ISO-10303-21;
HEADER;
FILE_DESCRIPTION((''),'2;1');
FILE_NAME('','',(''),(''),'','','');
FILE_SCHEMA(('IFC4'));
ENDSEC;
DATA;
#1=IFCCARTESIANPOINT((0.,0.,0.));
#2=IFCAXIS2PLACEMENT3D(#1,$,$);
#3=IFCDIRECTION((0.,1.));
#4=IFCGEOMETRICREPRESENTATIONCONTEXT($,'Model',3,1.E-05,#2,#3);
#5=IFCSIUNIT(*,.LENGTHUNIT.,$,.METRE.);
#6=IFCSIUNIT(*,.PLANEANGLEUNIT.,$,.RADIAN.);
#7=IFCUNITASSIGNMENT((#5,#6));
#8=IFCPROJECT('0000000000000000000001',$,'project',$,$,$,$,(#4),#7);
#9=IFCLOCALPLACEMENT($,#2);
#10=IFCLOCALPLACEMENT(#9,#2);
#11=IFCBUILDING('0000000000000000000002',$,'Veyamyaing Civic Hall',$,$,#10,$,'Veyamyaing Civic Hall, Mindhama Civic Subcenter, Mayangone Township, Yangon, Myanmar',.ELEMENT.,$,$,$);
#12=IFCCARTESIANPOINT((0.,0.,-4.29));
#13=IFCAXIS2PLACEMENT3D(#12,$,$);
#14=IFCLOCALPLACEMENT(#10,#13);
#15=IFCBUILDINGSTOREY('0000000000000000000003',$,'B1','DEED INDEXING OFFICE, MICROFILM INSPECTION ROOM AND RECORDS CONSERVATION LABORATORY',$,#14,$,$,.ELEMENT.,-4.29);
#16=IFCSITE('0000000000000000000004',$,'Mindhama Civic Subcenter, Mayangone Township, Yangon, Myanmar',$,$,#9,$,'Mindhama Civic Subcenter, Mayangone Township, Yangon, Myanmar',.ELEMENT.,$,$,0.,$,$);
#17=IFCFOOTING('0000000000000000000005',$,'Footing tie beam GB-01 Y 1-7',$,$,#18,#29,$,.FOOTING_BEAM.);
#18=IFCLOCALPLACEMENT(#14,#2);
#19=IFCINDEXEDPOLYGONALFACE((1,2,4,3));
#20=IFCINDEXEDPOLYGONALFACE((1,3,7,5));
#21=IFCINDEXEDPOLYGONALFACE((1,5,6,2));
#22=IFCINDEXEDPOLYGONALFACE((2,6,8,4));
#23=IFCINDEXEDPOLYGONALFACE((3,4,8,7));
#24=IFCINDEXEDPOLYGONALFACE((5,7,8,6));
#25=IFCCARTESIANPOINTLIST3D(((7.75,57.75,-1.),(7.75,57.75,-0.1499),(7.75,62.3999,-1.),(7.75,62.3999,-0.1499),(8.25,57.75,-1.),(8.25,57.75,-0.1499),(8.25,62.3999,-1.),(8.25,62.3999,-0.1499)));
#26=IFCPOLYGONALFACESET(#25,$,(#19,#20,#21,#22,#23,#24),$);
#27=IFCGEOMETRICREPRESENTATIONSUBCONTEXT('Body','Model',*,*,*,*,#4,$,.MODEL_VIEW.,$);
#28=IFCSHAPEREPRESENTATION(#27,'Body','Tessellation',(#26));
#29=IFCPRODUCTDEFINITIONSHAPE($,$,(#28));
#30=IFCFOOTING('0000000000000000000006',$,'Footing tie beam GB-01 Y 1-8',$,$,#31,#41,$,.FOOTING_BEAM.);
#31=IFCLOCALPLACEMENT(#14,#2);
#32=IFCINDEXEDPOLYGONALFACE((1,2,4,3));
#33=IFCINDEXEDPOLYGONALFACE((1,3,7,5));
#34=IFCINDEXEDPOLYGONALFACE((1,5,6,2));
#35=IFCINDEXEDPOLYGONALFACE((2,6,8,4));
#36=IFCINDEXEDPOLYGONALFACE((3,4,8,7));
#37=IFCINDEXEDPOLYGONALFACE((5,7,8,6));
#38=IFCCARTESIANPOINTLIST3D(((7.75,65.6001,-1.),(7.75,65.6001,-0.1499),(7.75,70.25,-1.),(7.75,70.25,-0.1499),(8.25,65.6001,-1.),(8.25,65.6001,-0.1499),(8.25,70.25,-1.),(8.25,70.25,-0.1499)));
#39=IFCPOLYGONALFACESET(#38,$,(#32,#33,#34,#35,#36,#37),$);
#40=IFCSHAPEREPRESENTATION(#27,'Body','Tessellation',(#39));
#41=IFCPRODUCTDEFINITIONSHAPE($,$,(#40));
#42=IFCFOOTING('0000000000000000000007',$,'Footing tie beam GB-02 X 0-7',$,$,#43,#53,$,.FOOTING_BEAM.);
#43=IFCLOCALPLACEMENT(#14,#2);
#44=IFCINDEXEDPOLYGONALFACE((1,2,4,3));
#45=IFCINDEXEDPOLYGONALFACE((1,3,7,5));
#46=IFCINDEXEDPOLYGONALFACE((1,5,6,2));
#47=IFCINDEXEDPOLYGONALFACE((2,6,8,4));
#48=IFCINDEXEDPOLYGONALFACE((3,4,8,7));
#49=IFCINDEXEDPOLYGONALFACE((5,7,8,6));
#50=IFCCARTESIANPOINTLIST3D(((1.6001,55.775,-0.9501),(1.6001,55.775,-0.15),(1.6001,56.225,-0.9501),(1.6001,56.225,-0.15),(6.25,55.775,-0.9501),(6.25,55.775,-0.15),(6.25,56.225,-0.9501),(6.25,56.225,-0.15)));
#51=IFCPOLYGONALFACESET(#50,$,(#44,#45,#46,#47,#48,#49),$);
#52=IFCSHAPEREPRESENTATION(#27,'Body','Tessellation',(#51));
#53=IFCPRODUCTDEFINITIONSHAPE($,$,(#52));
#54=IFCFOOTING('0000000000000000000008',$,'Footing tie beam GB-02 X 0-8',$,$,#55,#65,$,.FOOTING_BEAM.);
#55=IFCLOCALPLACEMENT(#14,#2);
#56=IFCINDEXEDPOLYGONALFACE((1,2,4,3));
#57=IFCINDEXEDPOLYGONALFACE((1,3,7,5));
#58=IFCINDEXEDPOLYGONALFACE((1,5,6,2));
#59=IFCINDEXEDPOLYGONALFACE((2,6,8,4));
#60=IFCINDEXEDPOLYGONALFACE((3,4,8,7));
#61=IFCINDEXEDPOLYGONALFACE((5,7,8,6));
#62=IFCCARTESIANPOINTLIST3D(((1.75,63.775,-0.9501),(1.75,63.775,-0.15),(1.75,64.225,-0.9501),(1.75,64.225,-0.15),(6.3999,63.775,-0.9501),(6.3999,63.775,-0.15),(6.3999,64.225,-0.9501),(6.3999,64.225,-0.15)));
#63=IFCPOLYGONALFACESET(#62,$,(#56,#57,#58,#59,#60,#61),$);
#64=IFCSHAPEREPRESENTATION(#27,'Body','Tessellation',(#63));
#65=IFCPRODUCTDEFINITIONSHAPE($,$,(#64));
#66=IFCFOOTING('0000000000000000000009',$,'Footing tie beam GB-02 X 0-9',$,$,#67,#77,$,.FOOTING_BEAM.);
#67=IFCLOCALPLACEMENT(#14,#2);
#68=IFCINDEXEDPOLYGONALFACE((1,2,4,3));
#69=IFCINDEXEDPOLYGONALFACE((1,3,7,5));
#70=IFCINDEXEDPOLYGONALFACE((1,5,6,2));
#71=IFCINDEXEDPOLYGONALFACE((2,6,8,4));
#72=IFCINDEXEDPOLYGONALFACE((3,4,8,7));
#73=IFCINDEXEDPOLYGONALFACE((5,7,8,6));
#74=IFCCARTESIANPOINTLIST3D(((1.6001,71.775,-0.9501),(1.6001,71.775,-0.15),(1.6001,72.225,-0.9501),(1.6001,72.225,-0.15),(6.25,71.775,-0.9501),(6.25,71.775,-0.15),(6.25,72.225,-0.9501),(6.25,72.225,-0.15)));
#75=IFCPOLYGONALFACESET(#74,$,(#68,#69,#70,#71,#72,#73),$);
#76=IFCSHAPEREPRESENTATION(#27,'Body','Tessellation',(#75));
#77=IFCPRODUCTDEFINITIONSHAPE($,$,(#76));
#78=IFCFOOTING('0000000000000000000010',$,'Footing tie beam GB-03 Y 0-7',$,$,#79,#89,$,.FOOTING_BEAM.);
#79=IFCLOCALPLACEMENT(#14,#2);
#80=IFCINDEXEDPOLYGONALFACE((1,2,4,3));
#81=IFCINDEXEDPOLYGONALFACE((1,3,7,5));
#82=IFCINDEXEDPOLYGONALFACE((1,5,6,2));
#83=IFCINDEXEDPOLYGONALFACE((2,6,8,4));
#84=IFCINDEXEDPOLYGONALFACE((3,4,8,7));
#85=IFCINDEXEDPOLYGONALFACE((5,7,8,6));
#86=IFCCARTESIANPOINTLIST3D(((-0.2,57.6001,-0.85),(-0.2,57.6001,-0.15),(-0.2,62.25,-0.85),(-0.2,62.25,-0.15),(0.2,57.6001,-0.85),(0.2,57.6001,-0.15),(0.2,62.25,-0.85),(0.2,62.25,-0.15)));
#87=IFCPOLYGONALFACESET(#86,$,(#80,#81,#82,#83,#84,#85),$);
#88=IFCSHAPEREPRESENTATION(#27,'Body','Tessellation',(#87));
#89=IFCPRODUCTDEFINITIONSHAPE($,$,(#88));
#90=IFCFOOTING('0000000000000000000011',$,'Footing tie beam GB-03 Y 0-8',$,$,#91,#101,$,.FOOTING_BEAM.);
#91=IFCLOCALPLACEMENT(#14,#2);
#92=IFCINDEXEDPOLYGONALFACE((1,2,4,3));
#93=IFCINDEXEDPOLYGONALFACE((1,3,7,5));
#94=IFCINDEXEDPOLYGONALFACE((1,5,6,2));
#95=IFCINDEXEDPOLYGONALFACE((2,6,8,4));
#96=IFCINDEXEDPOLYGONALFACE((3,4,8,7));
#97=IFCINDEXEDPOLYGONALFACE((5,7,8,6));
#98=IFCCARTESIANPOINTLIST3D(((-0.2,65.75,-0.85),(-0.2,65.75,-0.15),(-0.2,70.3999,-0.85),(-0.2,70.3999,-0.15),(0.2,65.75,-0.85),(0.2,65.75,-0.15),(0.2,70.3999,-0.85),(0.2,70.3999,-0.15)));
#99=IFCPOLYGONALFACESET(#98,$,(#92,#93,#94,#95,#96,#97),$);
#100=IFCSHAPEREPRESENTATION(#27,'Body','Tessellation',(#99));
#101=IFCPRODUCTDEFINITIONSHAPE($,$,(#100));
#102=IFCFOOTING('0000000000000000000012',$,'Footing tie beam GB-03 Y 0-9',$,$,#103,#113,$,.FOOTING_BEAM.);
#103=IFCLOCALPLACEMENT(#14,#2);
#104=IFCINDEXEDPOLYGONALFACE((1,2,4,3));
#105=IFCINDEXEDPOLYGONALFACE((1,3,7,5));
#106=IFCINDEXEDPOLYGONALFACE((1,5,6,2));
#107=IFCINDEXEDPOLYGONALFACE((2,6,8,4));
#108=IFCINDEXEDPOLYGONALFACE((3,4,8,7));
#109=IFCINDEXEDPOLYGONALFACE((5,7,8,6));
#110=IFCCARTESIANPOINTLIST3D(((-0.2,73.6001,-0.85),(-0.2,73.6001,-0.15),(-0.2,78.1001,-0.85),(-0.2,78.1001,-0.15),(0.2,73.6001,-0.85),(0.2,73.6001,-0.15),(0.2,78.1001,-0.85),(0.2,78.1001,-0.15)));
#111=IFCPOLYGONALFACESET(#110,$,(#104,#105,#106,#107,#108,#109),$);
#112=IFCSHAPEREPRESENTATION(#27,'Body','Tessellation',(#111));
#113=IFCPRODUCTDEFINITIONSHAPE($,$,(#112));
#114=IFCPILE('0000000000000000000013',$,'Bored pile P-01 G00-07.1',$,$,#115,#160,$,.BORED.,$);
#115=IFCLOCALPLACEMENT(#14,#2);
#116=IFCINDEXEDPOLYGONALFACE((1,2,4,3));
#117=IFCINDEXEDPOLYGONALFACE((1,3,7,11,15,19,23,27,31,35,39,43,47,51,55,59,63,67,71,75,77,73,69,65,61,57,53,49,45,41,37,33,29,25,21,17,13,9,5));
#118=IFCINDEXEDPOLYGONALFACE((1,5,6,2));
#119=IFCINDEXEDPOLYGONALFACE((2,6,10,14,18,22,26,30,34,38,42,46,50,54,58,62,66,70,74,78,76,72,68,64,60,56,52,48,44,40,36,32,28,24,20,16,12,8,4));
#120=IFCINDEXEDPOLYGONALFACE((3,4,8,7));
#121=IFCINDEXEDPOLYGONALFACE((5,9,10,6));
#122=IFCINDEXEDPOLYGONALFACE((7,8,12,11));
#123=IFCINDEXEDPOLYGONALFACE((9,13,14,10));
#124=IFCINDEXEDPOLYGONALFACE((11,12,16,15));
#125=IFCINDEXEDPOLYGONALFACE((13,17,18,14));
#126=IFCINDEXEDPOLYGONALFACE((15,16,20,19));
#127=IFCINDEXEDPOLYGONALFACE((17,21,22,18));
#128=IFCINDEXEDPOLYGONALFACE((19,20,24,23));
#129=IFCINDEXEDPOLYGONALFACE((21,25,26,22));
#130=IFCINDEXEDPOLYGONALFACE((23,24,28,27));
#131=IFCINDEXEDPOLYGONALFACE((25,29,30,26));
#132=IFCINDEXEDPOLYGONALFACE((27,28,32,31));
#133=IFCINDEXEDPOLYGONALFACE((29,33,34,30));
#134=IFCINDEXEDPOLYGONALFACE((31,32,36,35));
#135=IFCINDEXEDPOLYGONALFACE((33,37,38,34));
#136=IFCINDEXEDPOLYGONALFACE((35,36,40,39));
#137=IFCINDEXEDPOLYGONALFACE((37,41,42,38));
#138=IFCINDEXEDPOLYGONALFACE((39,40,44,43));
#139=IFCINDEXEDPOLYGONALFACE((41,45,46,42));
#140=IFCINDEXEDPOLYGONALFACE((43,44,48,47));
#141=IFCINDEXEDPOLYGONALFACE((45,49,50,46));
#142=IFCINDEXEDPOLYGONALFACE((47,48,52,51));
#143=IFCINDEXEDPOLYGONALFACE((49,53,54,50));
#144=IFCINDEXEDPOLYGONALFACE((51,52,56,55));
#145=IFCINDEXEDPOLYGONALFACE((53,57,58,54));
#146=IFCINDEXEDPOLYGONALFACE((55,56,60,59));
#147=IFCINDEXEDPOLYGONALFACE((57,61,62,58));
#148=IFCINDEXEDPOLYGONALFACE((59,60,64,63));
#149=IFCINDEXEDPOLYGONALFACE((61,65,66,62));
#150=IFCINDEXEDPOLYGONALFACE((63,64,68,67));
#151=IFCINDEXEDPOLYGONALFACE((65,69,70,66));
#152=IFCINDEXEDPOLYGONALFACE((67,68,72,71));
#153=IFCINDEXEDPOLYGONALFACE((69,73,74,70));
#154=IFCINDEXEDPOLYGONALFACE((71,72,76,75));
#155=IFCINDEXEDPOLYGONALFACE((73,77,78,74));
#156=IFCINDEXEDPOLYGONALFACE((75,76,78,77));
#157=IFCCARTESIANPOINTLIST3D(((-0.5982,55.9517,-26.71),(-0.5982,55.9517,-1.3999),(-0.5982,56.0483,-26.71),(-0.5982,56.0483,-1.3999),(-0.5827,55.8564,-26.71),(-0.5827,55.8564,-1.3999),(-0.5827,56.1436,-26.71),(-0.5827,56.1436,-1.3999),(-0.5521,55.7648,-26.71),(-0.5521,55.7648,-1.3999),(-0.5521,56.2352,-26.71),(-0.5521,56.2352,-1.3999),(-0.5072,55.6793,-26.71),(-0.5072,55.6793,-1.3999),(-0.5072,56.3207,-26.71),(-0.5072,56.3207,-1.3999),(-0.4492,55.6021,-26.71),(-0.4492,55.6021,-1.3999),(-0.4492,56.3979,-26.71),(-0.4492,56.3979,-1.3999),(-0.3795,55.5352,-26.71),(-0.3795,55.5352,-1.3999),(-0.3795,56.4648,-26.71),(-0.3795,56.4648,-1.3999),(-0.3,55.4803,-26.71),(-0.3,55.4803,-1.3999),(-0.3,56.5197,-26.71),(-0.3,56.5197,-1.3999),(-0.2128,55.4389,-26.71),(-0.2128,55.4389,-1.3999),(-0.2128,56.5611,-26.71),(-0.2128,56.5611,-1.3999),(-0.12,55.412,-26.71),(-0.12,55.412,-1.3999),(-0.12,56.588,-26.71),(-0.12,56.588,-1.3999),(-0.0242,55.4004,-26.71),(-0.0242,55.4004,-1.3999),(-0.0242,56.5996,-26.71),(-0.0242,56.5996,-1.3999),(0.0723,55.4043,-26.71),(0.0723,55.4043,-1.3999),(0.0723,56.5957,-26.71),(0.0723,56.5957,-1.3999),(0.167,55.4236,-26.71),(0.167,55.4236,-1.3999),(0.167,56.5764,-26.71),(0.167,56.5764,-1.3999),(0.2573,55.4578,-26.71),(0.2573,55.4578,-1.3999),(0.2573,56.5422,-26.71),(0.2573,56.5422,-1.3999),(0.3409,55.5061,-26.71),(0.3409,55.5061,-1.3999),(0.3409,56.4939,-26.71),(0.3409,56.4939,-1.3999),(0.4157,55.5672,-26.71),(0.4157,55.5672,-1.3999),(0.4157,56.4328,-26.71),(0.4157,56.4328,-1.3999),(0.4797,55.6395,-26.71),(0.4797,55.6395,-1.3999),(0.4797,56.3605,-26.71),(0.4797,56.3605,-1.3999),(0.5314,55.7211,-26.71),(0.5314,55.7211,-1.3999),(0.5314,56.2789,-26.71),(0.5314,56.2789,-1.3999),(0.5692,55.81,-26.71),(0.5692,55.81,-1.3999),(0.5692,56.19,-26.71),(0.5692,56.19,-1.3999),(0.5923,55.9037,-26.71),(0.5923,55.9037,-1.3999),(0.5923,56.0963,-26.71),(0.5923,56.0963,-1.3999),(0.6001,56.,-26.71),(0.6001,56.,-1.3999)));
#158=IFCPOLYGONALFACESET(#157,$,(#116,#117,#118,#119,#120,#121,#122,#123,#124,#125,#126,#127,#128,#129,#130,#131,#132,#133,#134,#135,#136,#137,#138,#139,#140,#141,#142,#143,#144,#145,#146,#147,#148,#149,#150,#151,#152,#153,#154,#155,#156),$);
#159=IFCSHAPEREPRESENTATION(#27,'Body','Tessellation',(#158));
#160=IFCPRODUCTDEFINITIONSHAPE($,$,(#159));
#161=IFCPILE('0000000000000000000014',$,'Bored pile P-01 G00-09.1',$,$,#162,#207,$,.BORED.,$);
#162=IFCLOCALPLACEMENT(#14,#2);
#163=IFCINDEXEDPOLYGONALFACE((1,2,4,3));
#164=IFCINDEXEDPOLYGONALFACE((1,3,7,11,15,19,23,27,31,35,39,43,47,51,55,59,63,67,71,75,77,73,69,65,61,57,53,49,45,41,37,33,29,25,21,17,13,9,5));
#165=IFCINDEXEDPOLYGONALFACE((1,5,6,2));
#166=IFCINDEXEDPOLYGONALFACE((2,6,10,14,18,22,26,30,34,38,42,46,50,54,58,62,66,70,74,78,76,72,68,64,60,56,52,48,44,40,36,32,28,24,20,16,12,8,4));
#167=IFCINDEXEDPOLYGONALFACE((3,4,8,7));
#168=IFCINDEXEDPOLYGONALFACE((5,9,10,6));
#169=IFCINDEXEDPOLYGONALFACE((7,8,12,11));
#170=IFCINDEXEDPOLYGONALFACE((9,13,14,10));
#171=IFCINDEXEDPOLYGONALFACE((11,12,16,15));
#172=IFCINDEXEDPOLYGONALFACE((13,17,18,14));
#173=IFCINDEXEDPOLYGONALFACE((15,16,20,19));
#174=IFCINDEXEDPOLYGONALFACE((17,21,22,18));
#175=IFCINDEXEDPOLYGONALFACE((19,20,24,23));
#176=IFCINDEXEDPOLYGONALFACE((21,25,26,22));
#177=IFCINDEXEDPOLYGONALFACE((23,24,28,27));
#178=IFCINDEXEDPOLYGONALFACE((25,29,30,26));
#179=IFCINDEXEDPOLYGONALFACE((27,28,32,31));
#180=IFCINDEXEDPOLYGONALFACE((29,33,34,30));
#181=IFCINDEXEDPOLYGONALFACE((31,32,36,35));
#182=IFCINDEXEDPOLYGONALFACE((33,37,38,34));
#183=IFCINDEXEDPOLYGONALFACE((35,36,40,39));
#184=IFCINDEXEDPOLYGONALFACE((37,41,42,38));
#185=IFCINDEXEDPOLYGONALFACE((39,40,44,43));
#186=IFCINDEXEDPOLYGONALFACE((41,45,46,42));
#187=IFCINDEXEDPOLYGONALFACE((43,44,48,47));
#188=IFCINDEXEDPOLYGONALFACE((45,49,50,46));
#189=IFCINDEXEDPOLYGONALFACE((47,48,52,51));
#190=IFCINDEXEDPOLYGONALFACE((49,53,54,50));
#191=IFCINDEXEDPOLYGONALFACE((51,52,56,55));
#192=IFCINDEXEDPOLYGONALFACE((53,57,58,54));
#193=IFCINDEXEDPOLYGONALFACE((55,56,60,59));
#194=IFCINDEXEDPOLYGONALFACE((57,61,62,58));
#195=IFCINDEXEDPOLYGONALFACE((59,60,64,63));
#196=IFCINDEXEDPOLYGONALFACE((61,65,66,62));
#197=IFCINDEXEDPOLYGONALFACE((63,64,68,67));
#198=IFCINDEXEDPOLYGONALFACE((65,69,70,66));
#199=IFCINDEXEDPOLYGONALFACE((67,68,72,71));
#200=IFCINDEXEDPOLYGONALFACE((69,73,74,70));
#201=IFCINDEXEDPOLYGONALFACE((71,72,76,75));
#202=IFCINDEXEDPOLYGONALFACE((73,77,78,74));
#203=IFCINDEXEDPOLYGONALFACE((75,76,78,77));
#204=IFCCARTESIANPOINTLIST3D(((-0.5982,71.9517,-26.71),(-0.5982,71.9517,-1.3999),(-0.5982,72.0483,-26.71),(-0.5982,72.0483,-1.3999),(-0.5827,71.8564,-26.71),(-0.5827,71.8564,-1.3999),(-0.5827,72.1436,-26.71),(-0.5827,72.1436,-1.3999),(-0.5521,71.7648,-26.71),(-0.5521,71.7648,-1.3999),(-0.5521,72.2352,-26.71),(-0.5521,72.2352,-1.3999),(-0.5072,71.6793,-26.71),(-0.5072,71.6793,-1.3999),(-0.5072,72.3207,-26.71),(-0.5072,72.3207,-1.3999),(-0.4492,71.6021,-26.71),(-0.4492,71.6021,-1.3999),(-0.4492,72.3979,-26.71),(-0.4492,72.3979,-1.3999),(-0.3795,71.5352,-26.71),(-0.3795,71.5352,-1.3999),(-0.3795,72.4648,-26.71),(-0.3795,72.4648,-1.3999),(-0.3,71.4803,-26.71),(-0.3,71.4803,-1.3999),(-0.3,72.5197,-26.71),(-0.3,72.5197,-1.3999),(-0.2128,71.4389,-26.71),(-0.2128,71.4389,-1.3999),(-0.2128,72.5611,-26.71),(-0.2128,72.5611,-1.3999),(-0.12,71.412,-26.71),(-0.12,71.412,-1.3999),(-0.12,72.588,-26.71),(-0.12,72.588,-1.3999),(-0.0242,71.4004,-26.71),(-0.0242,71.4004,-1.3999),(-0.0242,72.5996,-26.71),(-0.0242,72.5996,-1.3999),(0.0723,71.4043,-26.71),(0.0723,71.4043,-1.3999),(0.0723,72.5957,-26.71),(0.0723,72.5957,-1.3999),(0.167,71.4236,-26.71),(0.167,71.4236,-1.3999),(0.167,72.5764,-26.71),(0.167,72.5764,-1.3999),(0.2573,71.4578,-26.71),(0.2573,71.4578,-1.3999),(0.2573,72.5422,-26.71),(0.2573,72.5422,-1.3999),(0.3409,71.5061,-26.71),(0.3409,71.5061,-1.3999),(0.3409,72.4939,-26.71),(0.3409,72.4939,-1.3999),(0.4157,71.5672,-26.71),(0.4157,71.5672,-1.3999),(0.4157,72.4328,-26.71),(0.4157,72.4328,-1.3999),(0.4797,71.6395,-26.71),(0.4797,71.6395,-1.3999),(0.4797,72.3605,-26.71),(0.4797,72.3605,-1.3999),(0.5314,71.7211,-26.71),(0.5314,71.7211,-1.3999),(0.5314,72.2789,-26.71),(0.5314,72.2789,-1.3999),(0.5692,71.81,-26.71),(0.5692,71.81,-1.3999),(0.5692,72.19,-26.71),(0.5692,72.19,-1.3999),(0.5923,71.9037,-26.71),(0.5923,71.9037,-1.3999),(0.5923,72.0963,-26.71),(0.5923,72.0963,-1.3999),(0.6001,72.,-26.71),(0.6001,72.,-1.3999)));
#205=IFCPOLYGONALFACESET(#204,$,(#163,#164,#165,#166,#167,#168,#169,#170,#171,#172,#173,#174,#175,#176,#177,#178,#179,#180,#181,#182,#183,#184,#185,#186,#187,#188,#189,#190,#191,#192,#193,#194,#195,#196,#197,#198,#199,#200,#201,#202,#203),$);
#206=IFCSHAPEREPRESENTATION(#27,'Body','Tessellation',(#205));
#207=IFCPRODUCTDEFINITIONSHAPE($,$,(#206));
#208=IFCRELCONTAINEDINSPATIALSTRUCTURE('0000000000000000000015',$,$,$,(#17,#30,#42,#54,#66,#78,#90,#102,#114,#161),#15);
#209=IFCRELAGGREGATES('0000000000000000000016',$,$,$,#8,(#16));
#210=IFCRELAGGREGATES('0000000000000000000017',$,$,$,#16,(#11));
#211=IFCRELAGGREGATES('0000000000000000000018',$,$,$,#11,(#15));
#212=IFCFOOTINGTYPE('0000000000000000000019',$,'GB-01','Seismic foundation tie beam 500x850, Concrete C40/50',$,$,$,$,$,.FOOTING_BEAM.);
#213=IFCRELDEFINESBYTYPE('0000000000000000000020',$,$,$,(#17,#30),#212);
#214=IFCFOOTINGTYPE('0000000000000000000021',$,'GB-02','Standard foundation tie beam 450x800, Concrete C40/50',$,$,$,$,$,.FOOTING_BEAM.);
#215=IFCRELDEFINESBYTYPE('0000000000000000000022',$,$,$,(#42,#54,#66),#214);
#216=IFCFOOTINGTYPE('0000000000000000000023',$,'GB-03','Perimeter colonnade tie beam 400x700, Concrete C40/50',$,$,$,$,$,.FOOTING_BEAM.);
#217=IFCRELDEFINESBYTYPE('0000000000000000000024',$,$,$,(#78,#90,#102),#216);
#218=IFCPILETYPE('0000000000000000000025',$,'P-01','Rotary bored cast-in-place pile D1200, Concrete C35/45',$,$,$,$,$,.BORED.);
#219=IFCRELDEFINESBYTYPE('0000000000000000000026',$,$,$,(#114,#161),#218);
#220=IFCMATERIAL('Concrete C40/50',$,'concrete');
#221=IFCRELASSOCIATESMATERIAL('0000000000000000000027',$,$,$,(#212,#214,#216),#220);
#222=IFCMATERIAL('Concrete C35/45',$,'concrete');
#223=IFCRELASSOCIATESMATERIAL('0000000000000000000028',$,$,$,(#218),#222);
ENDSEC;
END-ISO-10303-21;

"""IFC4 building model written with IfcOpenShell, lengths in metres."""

from ifc_helpers import new_model, si_unit, direction, frame, origin, origin_2d, place, context, subcontext, project, spatial, rectangle, circle, extrude, material, material_profile, profile_set, type_object, element, save


model = new_model("IFC4")

# Units and contexts
model_context = context("Model", 3, precision=1e-05, world=origin(), true_north=direction((0.0, 1.0)))
body_context = subcontext(model_context, "Body", "Model", "MODEL_VIEW")
ifc_project = project(units=[si_unit("LENGTHUNIT", "METRE"), si_unit("PLANEANGLEUNIT", "RADIAN")], contexts=[model_context])

# Site, building, storey
site_placement = place(None, origin())
site = spatial("IfcSite", under=ifc_project, at=site_placement, Name="Mindhama Civic Subcenter, Mayangone Township, Yangon, Myanmar", LongName="Mindhama Civic Subcenter, Mayangone Township, Yangon, Myanmar", CompositionType="ELEMENT", RefElevation=0.0)
building_placement = place(site_placement, origin())
building = spatial("IfcBuilding", under=site, at=building_placement, Name="Veyamyaing Civic Hall", LongName="Veyamyaing Civic Hall, Mindhama Civic Subcenter, Mayangone Township, Yangon, Myanmar", CompositionType="ELEMENT")
storey_placement = place(building_placement, frame((0.0, 0.0, -4.29)))
storey = spatial("IfcBuildingStorey", under=building, at=storey_placement, Name="B1", Description="DEED INDEXING OFFICE, MICROFILM INSPECTION ROOM AND RECORDS CONSERVATION LABORATORY", CompositionType="ELEMENT", Elevation=-4.29)

# Footings
ifc_material_1 = material(Name="Concrete C40/50", Category="concrete")
ifc_material_profile_1 = material_profile(ifc_material_1, rectangle(XDim=0.5, YDim=0.8501, at=origin_2d()), Name="GB-500X850")
ifc_profile_set_1 = profile_set([ifc_material_profile_1], Name="Concrete C40/50")
footing_type_1 = type_object("IfcFootingType", Name="GB-01", Description="Seismic foundation tie beam 500x850, Concrete C40/50", PredefinedType="FOOTING_BEAM", material=ifc_profile_set_1)
for number, where, z_axis, x_axis, name in (
    (1, (8.0, 57.75, -0.575), (0.0, 1.0, 0.0), (-1.0, 0.0, 0.0), "Footing tie beam GB-01 Y 1-7"),
    (2, (8.0, 65.6001, -0.575), (0.0, 1.0, 0.0), (-1.0, 0.0, 0.0), "Footing tie beam GB-01 Y 1-8"),
):
    element("IfcFooting", number, at=place(storey_placement, frame(where, z_axis=z_axis, x_axis=x_axis)), inside=storey, type_object=footing_type_1, Name=name, PredefinedType="FOOTING_BEAM", context=body_context, shape_type="SweptSolid", body=[
        extrude(rectangle(XDim=0.5, YDim=0.8501, at=origin_2d()), origin(), (0.0, 0.0, 1.0), 4.6499),
    ])
ifc_material_profile_2 = material_profile(ifc_material_1, rectangle(XDim=0.45, YDim=0.8, at=origin_2d()), Name="GB-450X800")
ifc_profile_set_2 = profile_set([ifc_material_profile_2], Name="Concrete C40/50")
footing_type_2 = type_object("IfcFootingType", Name="GB-02", Description="Standard foundation tie beam 450x800, Concrete C40/50", PredefinedType="FOOTING_BEAM", material=ifc_profile_set_2)
for number, where, z_axis, x_axis, name in (
    (3, (1.6001, 56.0, -0.55), (1.0, 0.0, 0.0), (0.0, 1.0, 0.0), "Footing tie beam GB-02 X 0-7"),
    (4, (1.75, 64.0, -0.55), (1.0, 0.0, 0.0), (0.0, 1.0, 0.0), "Footing tie beam GB-02 X 0-8"),
    (5, (1.6001, 72.0, -0.55), (1.0, 0.0, 0.0), (0.0, 1.0, 0.0), "Footing tie beam GB-02 X 0-9"),
):
    element("IfcFooting", number, at=place(storey_placement, frame(where, z_axis=z_axis, x_axis=x_axis)), inside=storey, type_object=footing_type_2, Name=name, PredefinedType="FOOTING_BEAM", context=body_context, shape_type="SweptSolid", body=[
        extrude(rectangle(XDim=0.45, YDim=0.8, at=origin_2d()), origin(), (0.0, 0.0, 1.0), 4.6499),
    ])
ifc_material_profile_3 = material_profile(ifc_material_1, rectangle(XDim=0.3999, YDim=0.7, at=origin_2d()), Name="GB-400X700")
ifc_profile_set_3 = profile_set([ifc_material_profile_3], Name="Concrete C40/50")
footing_type_3 = type_object("IfcFootingType", Name="GB-03", Description="Perimeter colonnade tie beam 400x700, Concrete C40/50", PredefinedType="FOOTING_BEAM", material=ifc_profile_set_3)
for number, where, z_axis, x_axis, name in (
    (6, (0.0, 57.6001, -0.5), (0.0, 1.0, 0.0), (-1.0, 0.0, 0.0), "Footing tie beam GB-03 Y 0-7"),
    (7, (0.0, 65.75, -0.5), (0.0, 1.0, 0.0), (-1.0, 0.0, 0.0), "Footing tie beam GB-03 Y 0-8"),
):
    element("IfcFooting", number, at=place(storey_placement, frame(where, z_axis=z_axis, x_axis=x_axis)), inside=storey, type_object=footing_type_3, Name=name, PredefinedType="FOOTING_BEAM", context=body_context, shape_type="SweptSolid", body=[
        extrude(rectangle(XDim=0.3999, YDim=0.7, at=origin_2d()), origin(), (0.0, 0.0, 1.0), 4.6499),
    ])
footing_placement = place(storey_placement, frame((0.0, 73.6001, -0.5), z_axis=(0.0, 1.0, 0.0), x_axis=(-1.0, 0.0, 0.0)))
element("IfcFooting", 8, at=footing_placement, inside=storey, type_object=footing_type_3, Name="Footing tie beam GB-03 Y 0-9", PredefinedType="FOOTING_BEAM", context=body_context, shape_type="SweptSolid", body=[
    extrude(rectangle(XDim=0.3999, YDim=0.7, at=origin_2d()), origin(), (0.0, 0.0, 1.0), 4.5),
])

# Piles
ifc_material_2 = material(Name="Concrete C35/45", Category="concrete")
ifc_material_profile_4 = material_profile(ifc_material_2, circle(Radius=0.6001, at=origin_2d()), Name="PILE-D1200")
ifc_profile_set_4 = profile_set([ifc_material_profile_4], Name="Concrete C35/45")
pile_type_1 = type_object("IfcPileType", Name="P-01", Description="Rotary bored cast-in-place pile D1200, Concrete C35/45", PredefinedType="BORED", material=ifc_profile_set_4)
for number, where, z_axis, x_axis, name in (
    (9, (0.0, 56.0, -1.3999), (0.0, 0.0, -1.0), (1.0, 0.0, 0.0), "Bored pile P-01 G00-07.1"),
    (10, (0.0, 72.0, -1.3999), (0.0, 0.0, -1.0), (1.0, 0.0, 0.0), "Bored pile P-01 G00-09.1"),
):
    element("IfcPile", number, at=place(storey_placement, frame(where, z_axis=z_axis, x_axis=x_axis)), inside=storey, type_object=pile_type_1, Name=name, PredefinedType="BORED", context=body_context, shape_type="SweptSolid", body=[
        extrude(circle(Radius=0.6001, at=origin_2d()), origin(), (0.0, 0.0, 1.0), 25.3101),
    ])

save(model, "model.ifc")
